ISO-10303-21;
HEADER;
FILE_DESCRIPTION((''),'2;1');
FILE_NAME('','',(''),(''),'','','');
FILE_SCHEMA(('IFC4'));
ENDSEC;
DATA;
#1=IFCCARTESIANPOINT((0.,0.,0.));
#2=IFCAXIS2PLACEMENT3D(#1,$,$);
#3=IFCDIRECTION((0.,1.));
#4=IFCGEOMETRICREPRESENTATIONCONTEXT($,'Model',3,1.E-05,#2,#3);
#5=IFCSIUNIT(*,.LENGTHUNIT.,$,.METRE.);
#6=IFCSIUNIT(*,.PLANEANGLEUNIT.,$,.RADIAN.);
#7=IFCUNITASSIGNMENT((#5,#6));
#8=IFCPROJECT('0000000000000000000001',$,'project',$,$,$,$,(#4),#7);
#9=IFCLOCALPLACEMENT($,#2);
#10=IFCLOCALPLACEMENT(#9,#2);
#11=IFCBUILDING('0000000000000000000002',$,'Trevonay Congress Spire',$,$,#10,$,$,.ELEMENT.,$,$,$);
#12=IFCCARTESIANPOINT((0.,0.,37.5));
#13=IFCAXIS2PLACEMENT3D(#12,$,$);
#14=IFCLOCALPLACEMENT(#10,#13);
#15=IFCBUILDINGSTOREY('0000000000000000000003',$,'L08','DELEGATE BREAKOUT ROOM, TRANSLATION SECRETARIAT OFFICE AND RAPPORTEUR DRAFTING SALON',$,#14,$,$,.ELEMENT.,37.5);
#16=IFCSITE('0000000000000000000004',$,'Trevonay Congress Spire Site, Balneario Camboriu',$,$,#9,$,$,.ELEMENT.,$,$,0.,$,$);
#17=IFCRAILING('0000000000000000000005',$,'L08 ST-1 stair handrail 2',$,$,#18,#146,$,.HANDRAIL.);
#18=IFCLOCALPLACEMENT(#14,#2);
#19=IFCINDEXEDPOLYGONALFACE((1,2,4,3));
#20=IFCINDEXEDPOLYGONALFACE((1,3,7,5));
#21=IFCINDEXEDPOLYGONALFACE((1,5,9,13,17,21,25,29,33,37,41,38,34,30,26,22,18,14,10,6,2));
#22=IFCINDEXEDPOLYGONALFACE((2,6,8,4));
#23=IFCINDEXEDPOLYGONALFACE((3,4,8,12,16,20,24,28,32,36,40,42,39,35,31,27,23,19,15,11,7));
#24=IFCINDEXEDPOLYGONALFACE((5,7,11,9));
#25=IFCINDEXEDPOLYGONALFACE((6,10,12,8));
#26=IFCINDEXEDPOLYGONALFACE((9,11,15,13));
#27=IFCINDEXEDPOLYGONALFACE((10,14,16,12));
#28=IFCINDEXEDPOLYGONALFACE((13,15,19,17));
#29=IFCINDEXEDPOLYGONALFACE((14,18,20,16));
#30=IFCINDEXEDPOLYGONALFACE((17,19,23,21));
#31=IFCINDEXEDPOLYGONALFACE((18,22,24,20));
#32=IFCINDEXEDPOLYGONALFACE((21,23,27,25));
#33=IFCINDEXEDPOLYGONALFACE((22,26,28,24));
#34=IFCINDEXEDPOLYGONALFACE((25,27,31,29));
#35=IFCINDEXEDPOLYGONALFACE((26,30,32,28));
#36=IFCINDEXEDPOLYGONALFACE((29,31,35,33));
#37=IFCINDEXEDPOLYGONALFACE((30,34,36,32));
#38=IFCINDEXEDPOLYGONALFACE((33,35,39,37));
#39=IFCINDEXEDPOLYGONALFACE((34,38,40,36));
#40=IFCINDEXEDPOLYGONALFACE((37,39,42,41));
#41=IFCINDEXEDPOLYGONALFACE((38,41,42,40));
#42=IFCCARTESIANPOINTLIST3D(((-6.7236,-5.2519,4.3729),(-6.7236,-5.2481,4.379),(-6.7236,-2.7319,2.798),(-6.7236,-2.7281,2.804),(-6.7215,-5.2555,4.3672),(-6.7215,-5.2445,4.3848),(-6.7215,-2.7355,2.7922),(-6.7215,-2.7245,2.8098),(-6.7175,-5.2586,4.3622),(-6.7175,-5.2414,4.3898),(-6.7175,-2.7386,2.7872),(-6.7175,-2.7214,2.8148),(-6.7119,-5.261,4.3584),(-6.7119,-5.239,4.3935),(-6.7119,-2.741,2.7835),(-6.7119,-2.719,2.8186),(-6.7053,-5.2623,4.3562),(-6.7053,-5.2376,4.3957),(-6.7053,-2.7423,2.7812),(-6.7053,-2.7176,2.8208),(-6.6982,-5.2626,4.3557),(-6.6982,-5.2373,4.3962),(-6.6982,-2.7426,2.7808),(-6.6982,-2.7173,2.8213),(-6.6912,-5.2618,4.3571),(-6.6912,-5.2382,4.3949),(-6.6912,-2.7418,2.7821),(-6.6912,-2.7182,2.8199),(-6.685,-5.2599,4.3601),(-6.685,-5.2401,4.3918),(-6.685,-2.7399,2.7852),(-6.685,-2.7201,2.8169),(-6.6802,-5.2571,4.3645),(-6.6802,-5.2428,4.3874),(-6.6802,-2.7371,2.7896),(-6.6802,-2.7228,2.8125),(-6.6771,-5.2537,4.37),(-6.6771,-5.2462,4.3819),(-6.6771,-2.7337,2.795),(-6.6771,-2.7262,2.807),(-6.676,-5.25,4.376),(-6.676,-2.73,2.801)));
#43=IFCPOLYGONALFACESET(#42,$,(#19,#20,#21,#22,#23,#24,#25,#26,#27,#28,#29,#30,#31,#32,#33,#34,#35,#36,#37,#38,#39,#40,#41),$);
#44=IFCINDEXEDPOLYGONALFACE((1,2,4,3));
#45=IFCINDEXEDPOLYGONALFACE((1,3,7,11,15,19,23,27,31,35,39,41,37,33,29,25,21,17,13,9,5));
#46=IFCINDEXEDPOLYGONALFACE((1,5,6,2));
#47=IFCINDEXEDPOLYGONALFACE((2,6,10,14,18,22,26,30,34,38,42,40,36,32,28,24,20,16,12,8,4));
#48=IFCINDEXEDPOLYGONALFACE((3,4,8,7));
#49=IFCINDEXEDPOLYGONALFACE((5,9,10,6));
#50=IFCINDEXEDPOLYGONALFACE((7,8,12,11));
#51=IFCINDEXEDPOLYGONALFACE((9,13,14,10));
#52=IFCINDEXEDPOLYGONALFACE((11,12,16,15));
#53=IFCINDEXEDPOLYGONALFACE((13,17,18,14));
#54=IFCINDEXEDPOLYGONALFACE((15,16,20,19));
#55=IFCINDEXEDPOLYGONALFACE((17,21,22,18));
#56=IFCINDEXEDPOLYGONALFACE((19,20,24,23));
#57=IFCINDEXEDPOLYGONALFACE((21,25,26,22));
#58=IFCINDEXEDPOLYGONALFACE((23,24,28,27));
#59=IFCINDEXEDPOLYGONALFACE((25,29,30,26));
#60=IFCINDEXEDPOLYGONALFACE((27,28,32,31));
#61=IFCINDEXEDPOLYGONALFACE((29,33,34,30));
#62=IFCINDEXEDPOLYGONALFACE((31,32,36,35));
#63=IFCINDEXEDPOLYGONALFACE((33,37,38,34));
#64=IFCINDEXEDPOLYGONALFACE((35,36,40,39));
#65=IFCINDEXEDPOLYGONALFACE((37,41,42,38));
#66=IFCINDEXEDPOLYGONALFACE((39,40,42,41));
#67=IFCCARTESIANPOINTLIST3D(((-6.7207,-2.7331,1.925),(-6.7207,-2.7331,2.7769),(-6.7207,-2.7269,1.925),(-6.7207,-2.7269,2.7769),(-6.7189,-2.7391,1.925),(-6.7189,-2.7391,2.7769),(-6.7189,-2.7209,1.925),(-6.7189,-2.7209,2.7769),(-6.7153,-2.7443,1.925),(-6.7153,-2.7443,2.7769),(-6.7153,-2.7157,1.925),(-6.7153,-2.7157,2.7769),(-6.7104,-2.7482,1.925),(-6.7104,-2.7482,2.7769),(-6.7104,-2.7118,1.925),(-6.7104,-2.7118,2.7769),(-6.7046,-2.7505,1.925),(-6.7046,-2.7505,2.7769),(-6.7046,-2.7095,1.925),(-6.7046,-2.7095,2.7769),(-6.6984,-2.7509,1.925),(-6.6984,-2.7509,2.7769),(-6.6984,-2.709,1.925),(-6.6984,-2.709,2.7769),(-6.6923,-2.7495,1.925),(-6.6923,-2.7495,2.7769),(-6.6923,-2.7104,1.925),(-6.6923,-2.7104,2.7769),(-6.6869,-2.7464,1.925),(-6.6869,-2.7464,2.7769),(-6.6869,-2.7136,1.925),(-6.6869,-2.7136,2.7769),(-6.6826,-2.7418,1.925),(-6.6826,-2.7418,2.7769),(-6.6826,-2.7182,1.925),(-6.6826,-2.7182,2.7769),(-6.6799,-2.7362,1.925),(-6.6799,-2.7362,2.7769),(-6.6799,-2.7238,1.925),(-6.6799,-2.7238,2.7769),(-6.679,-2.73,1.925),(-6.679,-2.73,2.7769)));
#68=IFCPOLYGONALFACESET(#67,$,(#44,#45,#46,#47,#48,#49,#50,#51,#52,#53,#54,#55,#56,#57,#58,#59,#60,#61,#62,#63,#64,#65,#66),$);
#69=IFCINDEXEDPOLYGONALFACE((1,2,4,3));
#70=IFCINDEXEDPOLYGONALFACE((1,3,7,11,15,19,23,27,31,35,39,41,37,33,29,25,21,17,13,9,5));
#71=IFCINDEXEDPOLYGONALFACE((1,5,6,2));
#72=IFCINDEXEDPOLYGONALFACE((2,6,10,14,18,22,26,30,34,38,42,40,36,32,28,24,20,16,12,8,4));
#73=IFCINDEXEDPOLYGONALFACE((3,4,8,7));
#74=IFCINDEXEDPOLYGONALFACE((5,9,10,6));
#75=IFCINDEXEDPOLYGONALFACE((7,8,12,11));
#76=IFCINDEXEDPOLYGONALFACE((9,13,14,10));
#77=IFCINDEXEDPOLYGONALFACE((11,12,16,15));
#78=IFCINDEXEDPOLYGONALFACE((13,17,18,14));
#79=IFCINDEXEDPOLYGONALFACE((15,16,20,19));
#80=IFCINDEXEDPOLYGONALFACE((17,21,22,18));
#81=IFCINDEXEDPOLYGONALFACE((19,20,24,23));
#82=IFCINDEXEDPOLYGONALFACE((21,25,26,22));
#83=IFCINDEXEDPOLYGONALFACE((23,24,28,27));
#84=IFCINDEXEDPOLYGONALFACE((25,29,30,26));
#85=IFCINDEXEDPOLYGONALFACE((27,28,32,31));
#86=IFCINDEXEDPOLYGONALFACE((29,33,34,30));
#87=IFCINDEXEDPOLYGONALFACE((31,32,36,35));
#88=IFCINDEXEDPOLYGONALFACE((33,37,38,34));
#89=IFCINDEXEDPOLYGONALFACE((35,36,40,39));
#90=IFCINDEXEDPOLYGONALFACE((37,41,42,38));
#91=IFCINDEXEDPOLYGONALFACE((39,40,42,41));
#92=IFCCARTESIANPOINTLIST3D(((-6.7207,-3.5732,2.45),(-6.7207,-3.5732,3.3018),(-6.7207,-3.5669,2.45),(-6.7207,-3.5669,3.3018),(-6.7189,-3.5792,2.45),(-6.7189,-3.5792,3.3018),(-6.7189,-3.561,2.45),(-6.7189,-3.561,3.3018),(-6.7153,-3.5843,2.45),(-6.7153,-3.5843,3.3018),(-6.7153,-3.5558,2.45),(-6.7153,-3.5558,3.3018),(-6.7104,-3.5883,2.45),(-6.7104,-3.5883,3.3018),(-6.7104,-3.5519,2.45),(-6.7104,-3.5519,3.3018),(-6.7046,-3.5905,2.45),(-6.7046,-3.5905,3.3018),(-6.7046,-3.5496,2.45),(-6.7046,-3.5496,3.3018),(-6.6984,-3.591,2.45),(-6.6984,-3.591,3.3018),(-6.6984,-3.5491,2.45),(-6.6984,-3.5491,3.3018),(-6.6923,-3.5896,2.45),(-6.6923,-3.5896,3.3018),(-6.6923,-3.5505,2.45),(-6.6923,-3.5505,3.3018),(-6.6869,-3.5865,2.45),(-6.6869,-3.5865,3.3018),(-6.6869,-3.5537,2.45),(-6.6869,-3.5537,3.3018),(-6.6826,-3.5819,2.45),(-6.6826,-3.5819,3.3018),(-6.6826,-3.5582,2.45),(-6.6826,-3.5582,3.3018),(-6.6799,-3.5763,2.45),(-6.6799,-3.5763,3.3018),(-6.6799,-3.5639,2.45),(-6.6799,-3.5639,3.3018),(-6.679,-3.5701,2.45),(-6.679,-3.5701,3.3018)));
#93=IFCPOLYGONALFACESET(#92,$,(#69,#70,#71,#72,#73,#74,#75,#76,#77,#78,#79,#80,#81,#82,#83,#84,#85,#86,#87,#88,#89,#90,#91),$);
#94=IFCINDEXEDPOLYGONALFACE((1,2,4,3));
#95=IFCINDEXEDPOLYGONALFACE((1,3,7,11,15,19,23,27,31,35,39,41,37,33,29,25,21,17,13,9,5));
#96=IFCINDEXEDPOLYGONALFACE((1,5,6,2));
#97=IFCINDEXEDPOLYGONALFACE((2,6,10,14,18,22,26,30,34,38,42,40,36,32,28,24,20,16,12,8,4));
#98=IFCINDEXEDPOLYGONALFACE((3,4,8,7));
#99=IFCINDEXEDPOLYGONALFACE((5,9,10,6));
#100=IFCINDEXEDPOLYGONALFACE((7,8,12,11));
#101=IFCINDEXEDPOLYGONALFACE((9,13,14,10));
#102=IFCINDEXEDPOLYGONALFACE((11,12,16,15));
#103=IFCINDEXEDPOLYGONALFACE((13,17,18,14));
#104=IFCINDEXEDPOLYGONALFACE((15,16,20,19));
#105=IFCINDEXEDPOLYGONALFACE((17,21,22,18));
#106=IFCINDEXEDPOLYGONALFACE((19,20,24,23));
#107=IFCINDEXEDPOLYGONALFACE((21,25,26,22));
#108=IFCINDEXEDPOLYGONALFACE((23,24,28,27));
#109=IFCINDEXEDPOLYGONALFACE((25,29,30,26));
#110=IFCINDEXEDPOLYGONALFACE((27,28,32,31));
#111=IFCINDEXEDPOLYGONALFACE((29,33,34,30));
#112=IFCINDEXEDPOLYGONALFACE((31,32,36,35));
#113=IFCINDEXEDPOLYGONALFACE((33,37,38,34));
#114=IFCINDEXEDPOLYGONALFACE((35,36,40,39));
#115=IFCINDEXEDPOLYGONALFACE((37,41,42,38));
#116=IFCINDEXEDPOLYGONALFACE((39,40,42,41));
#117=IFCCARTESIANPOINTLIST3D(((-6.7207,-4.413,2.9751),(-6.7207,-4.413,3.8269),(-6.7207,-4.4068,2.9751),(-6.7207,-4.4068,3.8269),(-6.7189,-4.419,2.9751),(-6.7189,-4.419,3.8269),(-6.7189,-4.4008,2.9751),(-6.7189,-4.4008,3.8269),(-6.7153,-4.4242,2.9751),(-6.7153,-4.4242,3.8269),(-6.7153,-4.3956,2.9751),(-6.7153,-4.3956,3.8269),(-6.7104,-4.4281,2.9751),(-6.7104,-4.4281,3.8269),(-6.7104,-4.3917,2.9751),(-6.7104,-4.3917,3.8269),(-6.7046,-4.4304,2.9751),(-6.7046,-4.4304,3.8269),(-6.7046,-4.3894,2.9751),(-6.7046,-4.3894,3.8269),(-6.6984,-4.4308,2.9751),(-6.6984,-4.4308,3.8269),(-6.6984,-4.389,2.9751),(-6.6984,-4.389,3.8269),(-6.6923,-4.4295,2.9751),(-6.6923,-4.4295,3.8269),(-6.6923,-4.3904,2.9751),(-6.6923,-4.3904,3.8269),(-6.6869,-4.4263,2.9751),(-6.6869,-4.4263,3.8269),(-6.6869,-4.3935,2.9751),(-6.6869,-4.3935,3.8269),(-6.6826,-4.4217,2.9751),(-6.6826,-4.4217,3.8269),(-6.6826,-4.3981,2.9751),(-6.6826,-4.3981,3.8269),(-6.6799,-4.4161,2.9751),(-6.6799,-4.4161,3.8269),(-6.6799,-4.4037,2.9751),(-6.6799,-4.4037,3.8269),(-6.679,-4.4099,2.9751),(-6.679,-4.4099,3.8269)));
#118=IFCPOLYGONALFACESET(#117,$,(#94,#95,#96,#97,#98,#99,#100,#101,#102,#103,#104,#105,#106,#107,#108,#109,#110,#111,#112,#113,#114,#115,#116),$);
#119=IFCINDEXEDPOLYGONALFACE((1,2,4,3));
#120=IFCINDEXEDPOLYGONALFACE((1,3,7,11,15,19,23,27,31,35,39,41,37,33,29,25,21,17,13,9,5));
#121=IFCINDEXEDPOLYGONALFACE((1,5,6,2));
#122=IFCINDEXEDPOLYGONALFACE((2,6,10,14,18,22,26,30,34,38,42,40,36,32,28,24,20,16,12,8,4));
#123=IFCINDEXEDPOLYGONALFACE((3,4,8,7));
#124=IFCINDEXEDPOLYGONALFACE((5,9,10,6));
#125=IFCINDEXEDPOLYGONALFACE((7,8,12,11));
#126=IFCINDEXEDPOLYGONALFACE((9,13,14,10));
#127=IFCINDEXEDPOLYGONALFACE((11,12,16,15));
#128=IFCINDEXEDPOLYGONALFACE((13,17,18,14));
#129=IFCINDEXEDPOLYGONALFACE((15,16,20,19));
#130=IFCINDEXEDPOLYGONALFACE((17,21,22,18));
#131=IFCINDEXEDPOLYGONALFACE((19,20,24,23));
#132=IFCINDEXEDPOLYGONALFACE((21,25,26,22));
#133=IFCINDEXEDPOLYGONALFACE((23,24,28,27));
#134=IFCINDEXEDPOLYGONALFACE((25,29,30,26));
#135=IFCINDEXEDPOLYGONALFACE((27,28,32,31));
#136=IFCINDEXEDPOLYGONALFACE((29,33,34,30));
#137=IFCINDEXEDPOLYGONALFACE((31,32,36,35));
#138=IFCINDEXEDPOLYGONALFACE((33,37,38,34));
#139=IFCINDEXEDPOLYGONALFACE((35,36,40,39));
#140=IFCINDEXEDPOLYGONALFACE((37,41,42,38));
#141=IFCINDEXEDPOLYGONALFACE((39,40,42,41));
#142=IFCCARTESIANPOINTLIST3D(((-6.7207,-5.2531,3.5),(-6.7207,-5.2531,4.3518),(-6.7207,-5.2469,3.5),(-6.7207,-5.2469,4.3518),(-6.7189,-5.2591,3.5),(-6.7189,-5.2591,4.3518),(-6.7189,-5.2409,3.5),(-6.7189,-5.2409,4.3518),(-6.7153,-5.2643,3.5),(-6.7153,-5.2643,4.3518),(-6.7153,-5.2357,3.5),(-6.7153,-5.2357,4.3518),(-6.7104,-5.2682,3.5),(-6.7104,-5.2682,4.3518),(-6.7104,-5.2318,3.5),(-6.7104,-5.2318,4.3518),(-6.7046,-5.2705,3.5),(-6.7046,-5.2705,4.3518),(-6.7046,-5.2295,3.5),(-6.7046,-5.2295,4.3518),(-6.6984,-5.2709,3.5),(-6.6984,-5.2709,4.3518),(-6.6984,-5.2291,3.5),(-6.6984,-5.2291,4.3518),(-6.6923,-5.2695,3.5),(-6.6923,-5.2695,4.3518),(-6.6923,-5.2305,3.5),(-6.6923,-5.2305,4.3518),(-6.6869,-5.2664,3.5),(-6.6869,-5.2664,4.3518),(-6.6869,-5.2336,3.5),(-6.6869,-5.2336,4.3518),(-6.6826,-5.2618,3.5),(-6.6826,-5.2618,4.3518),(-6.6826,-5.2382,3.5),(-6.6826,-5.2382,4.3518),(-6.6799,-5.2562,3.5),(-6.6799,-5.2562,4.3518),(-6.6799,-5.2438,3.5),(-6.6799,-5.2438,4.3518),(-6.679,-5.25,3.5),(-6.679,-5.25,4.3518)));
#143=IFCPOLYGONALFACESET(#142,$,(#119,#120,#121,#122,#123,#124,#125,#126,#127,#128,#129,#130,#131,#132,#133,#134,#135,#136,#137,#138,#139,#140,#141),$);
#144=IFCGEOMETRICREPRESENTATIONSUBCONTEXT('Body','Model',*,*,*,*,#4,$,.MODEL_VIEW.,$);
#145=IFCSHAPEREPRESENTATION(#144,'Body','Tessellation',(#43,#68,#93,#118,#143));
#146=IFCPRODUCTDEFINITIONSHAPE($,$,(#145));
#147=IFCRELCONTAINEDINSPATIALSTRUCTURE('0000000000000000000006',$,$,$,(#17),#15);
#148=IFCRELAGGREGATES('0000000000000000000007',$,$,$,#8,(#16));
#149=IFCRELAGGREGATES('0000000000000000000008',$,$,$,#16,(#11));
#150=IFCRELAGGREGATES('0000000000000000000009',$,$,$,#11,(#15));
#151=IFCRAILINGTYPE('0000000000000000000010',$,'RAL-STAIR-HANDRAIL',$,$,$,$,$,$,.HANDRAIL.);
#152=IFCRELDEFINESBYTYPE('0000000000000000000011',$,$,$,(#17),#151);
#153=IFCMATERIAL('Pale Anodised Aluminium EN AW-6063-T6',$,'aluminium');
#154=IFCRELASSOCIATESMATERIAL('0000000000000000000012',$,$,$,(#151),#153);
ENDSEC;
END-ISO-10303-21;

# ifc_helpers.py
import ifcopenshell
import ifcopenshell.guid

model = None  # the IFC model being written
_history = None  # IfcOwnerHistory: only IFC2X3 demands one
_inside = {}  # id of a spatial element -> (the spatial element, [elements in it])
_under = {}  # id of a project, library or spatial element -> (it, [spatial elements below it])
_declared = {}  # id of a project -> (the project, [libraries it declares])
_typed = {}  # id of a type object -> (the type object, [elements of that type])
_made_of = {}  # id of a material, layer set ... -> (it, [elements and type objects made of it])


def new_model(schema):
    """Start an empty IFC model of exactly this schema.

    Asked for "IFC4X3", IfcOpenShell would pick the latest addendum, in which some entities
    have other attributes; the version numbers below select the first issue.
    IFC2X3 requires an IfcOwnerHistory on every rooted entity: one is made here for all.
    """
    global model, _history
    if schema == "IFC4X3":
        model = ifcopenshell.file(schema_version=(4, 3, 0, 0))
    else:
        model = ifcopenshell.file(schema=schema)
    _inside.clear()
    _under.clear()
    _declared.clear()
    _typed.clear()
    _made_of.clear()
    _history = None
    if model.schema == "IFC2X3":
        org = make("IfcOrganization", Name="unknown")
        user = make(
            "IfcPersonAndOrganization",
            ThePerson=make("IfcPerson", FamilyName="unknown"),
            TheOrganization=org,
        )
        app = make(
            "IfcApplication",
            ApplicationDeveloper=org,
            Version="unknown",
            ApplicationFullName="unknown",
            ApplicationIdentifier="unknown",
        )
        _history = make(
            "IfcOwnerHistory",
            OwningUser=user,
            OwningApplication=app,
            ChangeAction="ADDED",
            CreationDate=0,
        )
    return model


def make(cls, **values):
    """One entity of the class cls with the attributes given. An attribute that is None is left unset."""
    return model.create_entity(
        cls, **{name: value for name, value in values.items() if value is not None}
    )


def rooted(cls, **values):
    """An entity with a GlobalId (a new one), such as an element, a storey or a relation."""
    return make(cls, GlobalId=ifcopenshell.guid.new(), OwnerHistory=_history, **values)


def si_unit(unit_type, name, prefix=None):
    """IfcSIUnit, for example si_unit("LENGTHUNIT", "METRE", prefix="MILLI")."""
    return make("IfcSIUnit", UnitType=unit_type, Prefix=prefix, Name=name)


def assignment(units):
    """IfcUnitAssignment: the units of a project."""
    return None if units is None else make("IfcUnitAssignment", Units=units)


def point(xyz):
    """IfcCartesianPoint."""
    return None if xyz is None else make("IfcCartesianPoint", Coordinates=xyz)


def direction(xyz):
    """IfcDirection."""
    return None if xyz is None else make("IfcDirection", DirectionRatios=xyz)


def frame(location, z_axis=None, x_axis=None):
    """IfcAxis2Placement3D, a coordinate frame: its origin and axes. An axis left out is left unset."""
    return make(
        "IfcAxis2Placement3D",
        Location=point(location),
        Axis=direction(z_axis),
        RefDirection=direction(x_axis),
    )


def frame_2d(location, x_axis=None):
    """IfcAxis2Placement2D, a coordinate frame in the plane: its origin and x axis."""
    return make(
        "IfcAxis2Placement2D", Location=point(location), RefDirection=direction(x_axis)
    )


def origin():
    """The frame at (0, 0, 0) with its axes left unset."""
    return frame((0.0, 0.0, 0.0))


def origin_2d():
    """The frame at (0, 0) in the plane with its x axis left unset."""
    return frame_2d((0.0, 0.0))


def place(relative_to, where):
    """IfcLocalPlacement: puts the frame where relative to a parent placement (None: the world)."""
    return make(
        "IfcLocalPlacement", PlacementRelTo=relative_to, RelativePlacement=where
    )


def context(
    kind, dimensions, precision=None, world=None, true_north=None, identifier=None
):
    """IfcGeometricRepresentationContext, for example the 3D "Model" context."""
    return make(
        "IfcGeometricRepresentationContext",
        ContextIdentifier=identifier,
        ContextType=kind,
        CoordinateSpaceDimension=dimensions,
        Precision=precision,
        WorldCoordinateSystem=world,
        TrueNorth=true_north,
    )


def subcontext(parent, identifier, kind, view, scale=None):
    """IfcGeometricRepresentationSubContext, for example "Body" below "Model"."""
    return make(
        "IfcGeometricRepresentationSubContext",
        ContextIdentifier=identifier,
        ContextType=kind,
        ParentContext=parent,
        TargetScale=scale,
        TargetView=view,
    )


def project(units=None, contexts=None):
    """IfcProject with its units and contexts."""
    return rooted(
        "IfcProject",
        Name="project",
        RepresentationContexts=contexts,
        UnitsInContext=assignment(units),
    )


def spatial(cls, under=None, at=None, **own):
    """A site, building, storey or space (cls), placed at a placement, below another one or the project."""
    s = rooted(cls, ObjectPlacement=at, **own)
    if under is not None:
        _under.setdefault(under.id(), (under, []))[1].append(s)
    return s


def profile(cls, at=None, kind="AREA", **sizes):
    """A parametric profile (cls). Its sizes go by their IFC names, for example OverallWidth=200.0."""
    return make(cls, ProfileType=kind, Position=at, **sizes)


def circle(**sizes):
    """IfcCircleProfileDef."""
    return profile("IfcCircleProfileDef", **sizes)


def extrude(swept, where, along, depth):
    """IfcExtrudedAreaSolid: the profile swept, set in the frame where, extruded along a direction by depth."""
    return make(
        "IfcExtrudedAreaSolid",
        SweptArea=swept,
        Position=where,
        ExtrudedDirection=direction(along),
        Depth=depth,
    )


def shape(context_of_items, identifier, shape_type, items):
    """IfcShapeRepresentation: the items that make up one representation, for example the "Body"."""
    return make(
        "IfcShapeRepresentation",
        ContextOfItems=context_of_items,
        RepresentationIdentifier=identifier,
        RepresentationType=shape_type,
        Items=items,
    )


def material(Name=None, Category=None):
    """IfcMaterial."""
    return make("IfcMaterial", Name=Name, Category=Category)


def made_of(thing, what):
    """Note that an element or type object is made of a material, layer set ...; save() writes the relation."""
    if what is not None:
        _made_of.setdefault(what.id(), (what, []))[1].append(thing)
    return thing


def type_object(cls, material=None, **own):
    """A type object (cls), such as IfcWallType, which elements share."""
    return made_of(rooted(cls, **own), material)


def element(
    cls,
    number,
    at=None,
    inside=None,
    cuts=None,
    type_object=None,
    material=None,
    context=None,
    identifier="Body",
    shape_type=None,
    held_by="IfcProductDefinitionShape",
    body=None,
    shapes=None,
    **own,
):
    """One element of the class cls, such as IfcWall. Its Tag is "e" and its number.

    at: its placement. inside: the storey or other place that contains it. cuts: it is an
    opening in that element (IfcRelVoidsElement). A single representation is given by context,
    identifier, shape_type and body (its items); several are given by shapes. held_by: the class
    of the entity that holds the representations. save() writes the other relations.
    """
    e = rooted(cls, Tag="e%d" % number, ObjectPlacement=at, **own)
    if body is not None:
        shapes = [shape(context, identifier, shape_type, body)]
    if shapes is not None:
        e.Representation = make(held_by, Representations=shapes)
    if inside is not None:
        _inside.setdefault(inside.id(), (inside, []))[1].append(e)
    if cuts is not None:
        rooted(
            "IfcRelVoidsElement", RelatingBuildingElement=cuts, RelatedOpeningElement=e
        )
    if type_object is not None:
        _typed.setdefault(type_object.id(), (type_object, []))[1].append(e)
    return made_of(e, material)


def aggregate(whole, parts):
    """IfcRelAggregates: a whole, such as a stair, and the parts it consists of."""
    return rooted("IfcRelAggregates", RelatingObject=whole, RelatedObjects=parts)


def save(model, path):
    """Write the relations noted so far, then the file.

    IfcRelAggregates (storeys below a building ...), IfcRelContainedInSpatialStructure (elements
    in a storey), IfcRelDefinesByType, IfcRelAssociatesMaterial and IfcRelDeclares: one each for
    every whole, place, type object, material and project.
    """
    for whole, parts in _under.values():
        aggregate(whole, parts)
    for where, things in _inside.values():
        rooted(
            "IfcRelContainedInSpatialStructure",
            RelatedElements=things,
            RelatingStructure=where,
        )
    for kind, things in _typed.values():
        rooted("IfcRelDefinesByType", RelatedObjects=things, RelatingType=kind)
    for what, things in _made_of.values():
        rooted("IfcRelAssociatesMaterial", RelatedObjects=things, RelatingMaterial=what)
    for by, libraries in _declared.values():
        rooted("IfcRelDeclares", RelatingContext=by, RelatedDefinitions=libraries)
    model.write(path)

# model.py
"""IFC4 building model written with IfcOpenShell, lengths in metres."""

from ifc_helpers import new_model, si_unit, direction, frame, origin, origin_2d, place, context, subcontext, project, spatial, circle, extrude, material, type_object, element, save


model = new_model("IFC4")

# Units and contexts
model_context = context("Model", 3, precision=1e-05, world=origin(), true_north=direction((0.0, 1.0)))
body_context = subcontext(model_context, "Body", "Model", "MODEL_VIEW")
ifc_project = project(units=[si_unit("LENGTHUNIT", "METRE"), si_unit("PLANEANGLEUNIT", "RADIAN")], contexts=[model_context])

# Site, building, storey
site_placement = place(None, origin())
site = spatial("IfcSite", under=ifc_project, at=site_placement, Name="Trevonay Congress Spire Site, Balneario Camboriu", CompositionType="ELEMENT", RefElevation=0.0)
building_placement = place(site_placement, origin())
building = spatial("IfcBuilding", under=site, at=building_placement, Name="Trevonay Congress Spire", CompositionType="ELEMENT")
storey_placement = place(building_placement, frame((0.0, 0.0, 37.5)))
storey = spatial("IfcBuildingStorey", under=building, at=storey_placement, Name="L08", Description="DELEGATE BREAKOUT ROOM, TRANSLATION SECRETARIAT OFFICE AND RAPPORTEUR DRAFTING SALON", CompositionType="ELEMENT", Elevation=37.5)

# Shared definitions
ifc_material_1 = material(Name="Pale Anodised Aluminium EN AW-6063-T6", Category="aluminium")

# Railing
railing_type_1 = type_object("IfcRailingType", Name="RAL-STAIR-HANDRAIL", PredefinedType="HANDRAIL", material=ifc_material_1)
railing_1_placement = place(storey_placement, frame((-6.7, -2.73, 1.925)))
element("IfcRailing", 1, at=railing_1_placement, inside=storey, type_object=railing_type_1, Name="L08 ST-1 stair handrail 2", PredefinedType="HANDRAIL", context=body_context, shape_type="SweptSolid", body=[
    extrude(circle(Radius=0.0239, at=origin_2d()), frame((0.0, 0.0, 0.876), z_axis=(0.0, -0.848008, 0.529984), x_axis=(1.0, 0.0, 0.0)), (0.0, 0.0, 1.0), 2.9717),
    extrude(circle(Radius=0.021, at=origin_2d()), origin(), (0.0, 0.0, 1.0), 0.8518),
    extrude(circle(Radius=0.021, at=origin_2d()), frame((0.0, -0.8401, 0.5249)), (0.0, 0.0, 1.0), 0.8518),
    extrude(circle(Radius=0.021, at=origin_2d()), frame((0.0, -1.6799, 1.05)), (0.0, 0.0, 1.0), 0.8518),
    extrude(circle(Radius=0.021, at=origin_2d()), frame((0.0, -2.52, 1.575)), (0.0, 0.0, 1.0), 0.8518),
])

save(model, "model.ifc")
